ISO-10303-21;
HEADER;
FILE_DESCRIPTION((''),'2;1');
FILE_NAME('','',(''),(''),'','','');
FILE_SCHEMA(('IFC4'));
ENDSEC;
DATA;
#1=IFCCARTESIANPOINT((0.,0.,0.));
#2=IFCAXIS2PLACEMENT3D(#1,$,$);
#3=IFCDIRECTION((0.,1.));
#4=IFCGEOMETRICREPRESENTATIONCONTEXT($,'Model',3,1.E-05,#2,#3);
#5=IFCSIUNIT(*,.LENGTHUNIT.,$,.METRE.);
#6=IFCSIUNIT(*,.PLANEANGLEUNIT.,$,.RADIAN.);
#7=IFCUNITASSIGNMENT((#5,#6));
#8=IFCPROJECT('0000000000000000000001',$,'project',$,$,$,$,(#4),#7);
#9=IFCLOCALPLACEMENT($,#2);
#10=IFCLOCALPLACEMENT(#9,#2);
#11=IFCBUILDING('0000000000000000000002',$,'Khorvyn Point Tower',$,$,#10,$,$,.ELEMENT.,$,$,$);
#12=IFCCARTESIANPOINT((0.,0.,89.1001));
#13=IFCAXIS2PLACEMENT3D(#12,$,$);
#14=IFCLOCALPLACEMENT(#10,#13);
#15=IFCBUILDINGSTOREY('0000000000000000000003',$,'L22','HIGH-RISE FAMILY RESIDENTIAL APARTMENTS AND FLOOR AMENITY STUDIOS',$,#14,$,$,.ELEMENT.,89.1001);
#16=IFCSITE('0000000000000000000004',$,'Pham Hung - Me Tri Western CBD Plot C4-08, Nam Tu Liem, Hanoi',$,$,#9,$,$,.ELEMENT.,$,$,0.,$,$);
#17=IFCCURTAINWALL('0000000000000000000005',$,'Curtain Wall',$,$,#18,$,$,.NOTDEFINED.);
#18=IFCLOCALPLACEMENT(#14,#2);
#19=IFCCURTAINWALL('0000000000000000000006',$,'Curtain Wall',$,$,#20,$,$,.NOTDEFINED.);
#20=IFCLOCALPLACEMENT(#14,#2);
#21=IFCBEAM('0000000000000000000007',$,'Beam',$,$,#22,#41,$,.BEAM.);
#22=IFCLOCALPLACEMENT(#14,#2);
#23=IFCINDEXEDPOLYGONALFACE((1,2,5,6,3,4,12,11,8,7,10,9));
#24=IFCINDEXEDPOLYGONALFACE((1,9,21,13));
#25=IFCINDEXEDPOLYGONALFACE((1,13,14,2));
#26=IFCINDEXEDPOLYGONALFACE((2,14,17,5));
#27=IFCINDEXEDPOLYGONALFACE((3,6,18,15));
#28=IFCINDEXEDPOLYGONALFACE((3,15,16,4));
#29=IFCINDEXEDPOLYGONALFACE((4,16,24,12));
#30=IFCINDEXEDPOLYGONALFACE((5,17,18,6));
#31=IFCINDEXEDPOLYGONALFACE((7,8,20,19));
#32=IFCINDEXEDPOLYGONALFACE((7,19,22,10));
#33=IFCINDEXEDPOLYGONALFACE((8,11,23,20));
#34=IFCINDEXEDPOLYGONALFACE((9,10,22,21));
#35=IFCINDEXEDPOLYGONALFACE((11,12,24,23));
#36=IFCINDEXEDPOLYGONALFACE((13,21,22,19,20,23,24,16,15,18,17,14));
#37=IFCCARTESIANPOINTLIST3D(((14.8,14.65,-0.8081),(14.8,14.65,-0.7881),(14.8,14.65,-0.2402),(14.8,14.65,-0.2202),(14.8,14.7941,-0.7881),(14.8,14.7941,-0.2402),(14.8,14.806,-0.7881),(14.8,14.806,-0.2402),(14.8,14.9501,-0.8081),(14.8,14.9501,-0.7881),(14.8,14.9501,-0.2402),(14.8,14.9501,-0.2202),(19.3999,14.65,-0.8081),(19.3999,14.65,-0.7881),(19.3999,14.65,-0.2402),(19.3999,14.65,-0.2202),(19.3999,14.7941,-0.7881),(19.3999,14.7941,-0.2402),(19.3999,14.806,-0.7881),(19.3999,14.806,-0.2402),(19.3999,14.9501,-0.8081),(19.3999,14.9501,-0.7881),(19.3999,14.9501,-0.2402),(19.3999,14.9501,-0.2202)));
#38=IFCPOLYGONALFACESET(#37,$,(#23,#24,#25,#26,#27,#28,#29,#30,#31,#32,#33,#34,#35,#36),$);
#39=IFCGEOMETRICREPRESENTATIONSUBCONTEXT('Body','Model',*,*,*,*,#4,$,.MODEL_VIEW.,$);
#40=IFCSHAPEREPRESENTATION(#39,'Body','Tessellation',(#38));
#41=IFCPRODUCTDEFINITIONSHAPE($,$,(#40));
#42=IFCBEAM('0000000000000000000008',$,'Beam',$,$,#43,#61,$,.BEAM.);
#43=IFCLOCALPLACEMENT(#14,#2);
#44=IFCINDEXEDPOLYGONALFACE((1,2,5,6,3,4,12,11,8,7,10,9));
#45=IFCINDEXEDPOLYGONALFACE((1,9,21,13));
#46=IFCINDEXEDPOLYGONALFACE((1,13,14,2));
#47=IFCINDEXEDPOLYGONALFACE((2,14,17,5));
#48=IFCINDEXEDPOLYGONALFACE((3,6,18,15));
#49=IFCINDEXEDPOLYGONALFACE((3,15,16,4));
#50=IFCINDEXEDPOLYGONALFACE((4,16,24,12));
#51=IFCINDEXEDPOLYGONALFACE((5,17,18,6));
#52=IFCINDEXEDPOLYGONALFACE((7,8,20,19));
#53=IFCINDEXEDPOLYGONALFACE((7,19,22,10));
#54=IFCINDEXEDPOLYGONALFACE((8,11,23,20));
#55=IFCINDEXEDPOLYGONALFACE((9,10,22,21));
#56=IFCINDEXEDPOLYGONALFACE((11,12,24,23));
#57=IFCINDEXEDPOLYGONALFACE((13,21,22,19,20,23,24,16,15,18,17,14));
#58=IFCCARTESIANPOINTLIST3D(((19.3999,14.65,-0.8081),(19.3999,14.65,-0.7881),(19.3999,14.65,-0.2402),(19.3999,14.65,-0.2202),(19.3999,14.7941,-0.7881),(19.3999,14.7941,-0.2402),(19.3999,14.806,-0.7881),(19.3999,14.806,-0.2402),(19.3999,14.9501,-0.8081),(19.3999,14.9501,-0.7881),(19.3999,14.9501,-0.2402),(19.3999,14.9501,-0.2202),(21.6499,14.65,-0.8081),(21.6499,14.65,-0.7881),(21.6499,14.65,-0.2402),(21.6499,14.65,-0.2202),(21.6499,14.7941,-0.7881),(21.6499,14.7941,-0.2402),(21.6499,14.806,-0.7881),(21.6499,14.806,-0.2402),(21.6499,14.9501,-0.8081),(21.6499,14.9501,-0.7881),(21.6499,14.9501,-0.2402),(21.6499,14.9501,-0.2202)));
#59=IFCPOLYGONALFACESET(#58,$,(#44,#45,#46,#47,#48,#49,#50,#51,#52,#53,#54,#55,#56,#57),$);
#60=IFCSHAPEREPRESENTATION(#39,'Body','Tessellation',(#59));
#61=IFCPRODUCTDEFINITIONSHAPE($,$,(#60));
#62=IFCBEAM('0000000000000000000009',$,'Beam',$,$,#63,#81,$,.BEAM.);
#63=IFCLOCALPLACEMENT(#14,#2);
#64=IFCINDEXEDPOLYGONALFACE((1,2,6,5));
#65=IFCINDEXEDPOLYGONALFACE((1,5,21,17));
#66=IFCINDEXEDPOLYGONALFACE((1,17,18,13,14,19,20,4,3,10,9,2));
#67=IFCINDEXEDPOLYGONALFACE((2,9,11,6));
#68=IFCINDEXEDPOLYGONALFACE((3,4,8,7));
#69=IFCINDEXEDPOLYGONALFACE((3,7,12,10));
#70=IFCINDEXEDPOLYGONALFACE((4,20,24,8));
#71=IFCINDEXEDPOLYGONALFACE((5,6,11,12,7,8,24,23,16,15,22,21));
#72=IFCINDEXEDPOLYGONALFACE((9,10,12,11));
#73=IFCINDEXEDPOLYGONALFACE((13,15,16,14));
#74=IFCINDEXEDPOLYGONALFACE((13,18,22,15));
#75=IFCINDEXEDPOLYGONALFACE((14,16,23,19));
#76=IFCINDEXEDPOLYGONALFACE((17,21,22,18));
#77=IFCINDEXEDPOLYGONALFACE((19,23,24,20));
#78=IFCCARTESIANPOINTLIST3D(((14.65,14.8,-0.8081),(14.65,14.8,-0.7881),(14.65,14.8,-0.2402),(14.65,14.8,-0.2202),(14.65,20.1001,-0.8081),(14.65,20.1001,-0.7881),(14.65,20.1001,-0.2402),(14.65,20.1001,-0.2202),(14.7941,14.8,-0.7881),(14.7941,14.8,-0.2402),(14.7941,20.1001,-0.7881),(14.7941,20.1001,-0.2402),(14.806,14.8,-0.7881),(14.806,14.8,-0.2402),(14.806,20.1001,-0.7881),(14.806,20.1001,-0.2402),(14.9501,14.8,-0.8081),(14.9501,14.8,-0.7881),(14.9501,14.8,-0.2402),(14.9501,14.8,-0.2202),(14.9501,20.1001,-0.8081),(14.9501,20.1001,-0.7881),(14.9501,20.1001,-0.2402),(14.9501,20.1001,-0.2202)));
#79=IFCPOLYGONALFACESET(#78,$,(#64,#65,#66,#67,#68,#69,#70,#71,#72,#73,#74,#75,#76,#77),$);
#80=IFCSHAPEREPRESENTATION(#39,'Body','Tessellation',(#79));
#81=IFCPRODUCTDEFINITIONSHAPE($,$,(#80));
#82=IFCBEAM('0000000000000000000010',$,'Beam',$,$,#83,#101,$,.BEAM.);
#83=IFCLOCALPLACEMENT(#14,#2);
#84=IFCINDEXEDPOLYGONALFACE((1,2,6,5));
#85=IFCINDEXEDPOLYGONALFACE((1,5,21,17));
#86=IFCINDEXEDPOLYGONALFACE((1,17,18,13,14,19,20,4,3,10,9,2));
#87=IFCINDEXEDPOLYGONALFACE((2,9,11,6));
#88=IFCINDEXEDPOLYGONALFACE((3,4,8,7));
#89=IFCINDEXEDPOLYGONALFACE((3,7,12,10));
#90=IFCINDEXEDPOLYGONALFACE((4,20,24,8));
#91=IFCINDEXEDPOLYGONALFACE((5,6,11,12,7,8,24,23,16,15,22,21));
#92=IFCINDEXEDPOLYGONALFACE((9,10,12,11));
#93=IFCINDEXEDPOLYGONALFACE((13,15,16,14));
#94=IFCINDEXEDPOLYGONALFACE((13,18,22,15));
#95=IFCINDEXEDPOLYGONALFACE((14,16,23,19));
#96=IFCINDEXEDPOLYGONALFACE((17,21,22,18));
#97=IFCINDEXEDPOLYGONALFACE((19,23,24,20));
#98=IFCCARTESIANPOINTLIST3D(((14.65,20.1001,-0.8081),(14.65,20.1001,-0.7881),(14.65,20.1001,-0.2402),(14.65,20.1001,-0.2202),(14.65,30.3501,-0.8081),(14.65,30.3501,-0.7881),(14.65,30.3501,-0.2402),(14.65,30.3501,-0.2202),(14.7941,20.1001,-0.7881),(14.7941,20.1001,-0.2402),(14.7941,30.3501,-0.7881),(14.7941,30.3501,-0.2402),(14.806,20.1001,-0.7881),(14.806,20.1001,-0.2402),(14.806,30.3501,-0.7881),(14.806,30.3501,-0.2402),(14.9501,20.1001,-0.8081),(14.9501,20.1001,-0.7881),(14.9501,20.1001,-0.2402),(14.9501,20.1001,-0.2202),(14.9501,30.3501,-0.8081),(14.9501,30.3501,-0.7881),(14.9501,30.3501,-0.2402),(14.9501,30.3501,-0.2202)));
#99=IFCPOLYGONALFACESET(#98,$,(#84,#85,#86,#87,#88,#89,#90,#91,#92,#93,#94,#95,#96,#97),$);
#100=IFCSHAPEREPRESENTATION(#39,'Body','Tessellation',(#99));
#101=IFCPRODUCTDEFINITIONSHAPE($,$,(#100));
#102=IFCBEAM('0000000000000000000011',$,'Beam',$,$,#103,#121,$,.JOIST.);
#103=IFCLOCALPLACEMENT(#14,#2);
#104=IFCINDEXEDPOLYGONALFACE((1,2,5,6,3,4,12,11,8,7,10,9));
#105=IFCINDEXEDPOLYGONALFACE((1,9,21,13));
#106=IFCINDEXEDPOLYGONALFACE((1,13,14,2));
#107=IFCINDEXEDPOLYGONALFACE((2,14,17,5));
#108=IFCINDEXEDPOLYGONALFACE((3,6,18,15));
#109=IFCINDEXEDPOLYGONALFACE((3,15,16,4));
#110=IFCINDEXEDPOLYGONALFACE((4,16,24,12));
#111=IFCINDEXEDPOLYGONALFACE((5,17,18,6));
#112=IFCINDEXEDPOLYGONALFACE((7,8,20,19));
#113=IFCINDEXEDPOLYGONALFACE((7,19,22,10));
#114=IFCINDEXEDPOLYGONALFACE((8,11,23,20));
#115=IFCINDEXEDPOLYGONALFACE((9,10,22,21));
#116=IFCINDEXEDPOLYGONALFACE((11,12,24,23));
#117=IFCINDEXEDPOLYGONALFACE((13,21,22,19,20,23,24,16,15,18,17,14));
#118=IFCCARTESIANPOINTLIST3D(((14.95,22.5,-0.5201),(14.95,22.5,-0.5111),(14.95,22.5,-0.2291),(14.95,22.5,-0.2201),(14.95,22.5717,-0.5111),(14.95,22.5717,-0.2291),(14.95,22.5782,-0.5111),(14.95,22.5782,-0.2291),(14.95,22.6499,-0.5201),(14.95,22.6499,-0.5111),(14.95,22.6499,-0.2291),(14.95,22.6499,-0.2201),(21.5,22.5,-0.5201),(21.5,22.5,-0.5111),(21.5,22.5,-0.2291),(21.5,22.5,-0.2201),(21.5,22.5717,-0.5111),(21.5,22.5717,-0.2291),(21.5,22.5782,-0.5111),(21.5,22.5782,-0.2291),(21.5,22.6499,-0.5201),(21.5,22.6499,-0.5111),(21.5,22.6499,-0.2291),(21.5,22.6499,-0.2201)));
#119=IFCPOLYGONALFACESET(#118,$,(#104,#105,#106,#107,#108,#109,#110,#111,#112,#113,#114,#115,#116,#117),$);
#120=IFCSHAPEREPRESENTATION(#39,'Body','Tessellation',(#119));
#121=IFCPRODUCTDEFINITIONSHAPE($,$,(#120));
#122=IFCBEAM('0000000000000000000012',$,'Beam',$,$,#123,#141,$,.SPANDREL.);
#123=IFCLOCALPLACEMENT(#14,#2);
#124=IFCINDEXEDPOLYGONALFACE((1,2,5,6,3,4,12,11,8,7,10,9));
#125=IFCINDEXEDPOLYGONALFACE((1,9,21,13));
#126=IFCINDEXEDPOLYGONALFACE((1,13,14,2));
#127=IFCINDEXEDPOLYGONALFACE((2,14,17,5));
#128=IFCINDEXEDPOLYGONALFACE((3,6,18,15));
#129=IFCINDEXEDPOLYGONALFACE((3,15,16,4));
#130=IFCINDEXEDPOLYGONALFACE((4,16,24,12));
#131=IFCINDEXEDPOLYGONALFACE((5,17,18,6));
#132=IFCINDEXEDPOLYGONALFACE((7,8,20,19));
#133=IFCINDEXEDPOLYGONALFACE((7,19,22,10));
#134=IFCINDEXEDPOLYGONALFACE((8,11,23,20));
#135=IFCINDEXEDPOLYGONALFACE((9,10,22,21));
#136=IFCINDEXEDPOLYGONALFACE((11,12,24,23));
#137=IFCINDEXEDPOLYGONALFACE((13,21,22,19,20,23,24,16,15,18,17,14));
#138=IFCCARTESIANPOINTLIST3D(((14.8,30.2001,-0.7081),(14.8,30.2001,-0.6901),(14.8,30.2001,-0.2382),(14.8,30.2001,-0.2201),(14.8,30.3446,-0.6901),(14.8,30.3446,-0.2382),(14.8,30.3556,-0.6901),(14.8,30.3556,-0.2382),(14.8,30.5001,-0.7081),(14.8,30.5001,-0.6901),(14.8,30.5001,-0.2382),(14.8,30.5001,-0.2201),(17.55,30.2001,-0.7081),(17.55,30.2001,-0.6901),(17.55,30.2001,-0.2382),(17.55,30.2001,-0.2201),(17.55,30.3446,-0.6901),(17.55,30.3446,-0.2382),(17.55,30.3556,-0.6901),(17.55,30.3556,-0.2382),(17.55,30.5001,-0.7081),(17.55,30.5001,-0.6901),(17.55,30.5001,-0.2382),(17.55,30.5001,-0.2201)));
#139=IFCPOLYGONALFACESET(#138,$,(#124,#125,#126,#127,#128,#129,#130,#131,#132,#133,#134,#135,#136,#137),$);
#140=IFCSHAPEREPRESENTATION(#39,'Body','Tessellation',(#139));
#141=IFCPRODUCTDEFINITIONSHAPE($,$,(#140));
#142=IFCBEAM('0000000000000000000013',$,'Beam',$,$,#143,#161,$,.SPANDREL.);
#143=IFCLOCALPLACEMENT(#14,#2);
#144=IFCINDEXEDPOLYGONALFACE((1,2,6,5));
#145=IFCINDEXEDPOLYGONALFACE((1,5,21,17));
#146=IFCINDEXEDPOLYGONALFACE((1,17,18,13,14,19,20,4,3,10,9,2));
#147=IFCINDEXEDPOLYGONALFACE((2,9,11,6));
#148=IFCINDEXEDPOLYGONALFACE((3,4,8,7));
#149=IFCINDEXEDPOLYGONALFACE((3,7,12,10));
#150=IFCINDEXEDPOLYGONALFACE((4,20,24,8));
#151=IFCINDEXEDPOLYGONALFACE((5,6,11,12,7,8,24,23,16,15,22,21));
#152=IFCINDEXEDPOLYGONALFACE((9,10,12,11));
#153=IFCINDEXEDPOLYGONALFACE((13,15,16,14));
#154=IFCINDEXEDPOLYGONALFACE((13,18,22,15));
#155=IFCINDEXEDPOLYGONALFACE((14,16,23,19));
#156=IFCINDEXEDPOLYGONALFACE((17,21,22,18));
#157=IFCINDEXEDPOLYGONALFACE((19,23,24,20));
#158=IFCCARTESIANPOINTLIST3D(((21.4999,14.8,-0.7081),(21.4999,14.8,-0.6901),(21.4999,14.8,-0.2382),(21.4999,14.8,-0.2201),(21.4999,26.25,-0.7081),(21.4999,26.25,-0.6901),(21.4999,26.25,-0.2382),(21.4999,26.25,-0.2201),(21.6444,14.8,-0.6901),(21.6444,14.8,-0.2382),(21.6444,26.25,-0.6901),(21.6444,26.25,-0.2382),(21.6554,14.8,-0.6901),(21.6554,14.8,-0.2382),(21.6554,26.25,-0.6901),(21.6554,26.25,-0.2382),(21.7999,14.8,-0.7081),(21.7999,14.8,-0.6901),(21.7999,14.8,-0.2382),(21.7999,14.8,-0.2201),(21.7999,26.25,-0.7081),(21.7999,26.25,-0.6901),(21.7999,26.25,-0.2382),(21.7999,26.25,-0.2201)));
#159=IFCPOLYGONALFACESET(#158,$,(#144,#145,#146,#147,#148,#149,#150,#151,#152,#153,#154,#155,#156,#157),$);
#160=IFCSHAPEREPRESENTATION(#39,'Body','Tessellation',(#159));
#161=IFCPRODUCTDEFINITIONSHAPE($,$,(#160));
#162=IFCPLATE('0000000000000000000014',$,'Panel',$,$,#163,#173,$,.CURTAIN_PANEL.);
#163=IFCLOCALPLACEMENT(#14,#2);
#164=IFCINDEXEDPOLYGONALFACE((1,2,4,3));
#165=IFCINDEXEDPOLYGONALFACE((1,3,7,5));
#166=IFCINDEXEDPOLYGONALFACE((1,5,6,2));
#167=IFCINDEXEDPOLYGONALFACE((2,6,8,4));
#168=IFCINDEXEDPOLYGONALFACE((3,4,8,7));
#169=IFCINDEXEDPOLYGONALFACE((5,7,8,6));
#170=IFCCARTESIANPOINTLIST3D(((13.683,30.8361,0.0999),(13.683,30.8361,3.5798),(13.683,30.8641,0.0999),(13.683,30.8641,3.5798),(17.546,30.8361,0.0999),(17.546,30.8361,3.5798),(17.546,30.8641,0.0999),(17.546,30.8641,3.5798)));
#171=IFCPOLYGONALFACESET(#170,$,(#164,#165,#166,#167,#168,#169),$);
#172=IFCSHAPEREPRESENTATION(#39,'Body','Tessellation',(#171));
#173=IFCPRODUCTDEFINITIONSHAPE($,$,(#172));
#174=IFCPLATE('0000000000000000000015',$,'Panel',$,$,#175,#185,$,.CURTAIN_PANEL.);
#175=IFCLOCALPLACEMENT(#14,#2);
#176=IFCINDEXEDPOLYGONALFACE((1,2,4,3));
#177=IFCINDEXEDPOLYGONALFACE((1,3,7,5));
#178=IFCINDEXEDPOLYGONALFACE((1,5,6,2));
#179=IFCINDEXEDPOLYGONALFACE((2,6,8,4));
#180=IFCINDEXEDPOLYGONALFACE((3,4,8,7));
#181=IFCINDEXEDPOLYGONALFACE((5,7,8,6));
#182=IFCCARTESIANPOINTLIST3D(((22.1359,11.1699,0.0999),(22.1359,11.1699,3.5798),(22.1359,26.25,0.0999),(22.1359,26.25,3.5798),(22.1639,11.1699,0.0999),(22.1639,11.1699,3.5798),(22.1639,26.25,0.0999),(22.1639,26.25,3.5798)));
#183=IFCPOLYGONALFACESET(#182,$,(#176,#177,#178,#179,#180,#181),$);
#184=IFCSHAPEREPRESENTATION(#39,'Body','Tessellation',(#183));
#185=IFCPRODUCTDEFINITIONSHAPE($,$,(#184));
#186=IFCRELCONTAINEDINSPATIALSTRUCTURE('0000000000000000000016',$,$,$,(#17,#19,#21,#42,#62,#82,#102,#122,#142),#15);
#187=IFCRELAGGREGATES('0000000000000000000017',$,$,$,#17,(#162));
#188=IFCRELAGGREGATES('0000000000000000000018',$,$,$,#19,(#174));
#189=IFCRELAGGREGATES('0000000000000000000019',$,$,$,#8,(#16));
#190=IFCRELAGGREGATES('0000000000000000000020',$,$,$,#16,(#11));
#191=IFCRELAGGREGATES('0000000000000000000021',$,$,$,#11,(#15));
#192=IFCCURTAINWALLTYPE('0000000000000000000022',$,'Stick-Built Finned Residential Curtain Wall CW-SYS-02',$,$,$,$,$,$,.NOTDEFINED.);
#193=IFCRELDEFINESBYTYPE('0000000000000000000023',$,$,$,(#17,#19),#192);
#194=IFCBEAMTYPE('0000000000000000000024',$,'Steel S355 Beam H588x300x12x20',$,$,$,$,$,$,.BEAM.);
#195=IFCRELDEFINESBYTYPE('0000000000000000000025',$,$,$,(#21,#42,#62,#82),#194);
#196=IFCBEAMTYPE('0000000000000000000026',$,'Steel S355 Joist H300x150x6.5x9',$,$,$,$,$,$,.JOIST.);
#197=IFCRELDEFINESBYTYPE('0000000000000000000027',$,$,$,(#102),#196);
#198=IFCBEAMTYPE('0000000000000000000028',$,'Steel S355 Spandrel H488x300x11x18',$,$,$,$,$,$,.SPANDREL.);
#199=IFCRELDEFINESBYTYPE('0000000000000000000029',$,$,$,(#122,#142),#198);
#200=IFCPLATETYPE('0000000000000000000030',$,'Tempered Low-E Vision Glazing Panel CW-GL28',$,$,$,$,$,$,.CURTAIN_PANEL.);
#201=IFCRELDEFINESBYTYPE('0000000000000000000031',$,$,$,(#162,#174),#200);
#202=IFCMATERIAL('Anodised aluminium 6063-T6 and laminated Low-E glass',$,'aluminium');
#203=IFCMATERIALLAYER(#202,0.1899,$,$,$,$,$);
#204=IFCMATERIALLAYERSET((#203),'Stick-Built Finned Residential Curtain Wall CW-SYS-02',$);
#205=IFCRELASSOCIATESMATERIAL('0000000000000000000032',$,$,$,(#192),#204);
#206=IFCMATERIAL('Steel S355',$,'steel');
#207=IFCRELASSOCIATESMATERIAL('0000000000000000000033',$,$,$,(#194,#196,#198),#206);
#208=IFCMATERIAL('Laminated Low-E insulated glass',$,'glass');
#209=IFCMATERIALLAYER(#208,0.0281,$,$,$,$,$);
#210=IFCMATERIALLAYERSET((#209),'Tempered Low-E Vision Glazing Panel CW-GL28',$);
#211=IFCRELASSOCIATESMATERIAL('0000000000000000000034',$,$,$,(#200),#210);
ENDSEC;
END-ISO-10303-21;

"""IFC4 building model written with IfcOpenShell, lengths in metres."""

from ifc_helpers import new_model, si_unit, direction, frame, origin, origin_2d, place, context, subcontext, project, spatial, rectangle, i_section, extrude, material, layer, layer_set, material_profile, profile_set, type_object, element, aggregate, save


model = new_model("IFC4")

# Units and contexts
model_context = context("Model", 3, precision=1e-05, world=origin(), true_north=direction((0.0, 1.0)))
body_context = subcontext(model_context, "Body", "Model", "MODEL_VIEW")
ifc_project = project(units=[si_unit("LENGTHUNIT", "METRE"), si_unit("PLANEANGLEUNIT", "RADIAN")], contexts=[model_context])

# Site, building, storey
site_placement = place(None, origin())
site = spatial("IfcSite", under=ifc_project, at=site_placement, Name="Pham Hung - Me Tri Western CBD Plot C4-08, Nam Tu Liem, Hanoi", CompositionType="ELEMENT", RefElevation=0.0)
building_placement = place(site_placement, origin())
building = spatial("IfcBuilding", under=site, at=building_placement, Name="Khorvyn Point Tower", CompositionType="ELEMENT")
storey_placement = place(building_placement, frame((0.0, 0.0, 89.1001)))
storey = spatial("IfcBuildingStorey", under=building, at=storey_placement, Name="L22", Description="HIGH-RISE FAMILY RESIDENTIAL APARTMENTS AND FLOOR AMENITY STUDIOS", CompositionType="ELEMENT", Elevation=89.1001)

# Curtain wall
ifc_material_1 = material(Name="Anodised aluminium 6063-T6 and laminated Low-E glass", Category="aluminium")
ifc_layer_1 = layer(ifc_material_1, 0.1899)
ifc_layer_set_1 = layer_set([ifc_layer_1], Name="Stick-Built Finned Residential Curtain Wall CW-SYS-02")
curtain_wall_type = type_object("IfcCurtainWallType", Name="Stick-Built Finned Residential Curtain Wall CW-SYS-02", PredefinedType="NOTDEFINED", material=ifc_layer_set_1)
curtain_wall_1_placement = place(storey_placement, origin())
curtain_wall_1 = element("IfcCurtainWall", 1, at=curtain_wall_1_placement, inside=storey, type_object=curtain_wall_type, Name="Curtain Wall", PredefinedType="NOTDEFINED")

# Curtain wall
curtain_wall_2_placement = place(storey_placement, origin())
curtain_wall_2 = element("IfcCurtainWall", 2, at=curtain_wall_2_placement, inside=storey, type_object=curtain_wall_type, Name="Curtain Wall", PredefinedType="NOTDEFINED")

# Beams
ifc_material_2 = material(Name="Steel S355", Category="steel")
ifc_material_profile_1 = material_profile(ifc_material_2, i_section(OverallWidth=0.3, OverallDepth=0.5879, WebThickness=0.012, FlangeThickness=0.02, at=origin_2d()))
ifc_profile_set_1 = profile_set([ifc_material_profile_1], Name="Steel S355 H588x300x12x20")
beam_type_1 = type_object("IfcBeamType", Name="Steel S355 Beam H588x300x12x20", PredefinedType="BEAM", material=ifc_profile_set_1)
beam_1_placement = place(storey_placement, frame((14.8, 14.8, -0.5142), z_axis=(1.0, 0.0, 0.0), x_axis=(0.0, 1.0, 0.0)))
element("IfcBeam", 3, at=beam_1_placement, inside=storey, type_object=beam_type_1, Name="Beam", PredefinedType="BEAM", context=body_context, shape_type="SweptSolid", body=[
    extrude(i_section(OverallWidth=0.3, OverallDepth=0.5879, WebThickness=0.012, FlangeThickness=0.02, at=origin_2d()), origin(), (0.0, 0.0, 1.0), 4.5999),
])
beam_2_placement = place(storey_placement, frame((19.3999, 14.8, -0.5142), z_axis=(1.0, 0.0, 0.0), x_axis=(0.0, 1.0, 0.0)))
element("IfcBeam", 4, at=beam_2_placement, inside=storey, type_object=beam_type_1, Name="Beam", PredefinedType="BEAM", context=body_context, shape_type="SweptSolid", body=[
    extrude(i_section(OverallWidth=0.3, OverallDepth=0.5879, WebThickness=0.012, FlangeThickness=0.02, at=origin_2d()), origin(), (0.0, 0.0, 1.0), 2.25),
])
beam_3_placement = place(storey_placement, frame((14.8, 14.8, -0.5142), z_axis=(0.0, 1.0, 0.0), x_axis=(-1.0, 0.0, 0.0)))
element("IfcBeam", 5, at=beam_3_placement, inside=storey, type_object=beam_type_1, Name="Beam", PredefinedType="BEAM", context=body_context, shape_type="SweptSolid", body=[
    extrude(i_section(OverallWidth=0.3, OverallDepth=0.5879, WebThickness=0.012, FlangeThickness=0.02, at=origin_2d()), origin(), (0.0, 0.0, 1.0), 5.3),
])
beam_4_placement = place(storey_placement, frame((14.8, 20.1001, -0.5142), z_axis=(0.0, 1.0, 0.0), x_axis=(-1.0, 0.0, 0.0)))
element("IfcBeam", 6, at=beam_4_placement, inside=storey, type_object=beam_type_1, Name="Beam", PredefinedType="BEAM", context=body_context, shape_type="SweptSolid", body=[
    extrude(i_section(OverallWidth=0.3, OverallDepth=0.5879, WebThickness=0.012, FlangeThickness=0.02, at=origin_2d()), origin(), (0.0, 0.0, 1.0), 10.25),
])
ifc_material_profile_2 = material_profile(ifc_material_2, i_section(OverallWidth=0.1499, OverallDepth=0.3, WebThickness=0.0066, FlangeThickness=0.009, at=origin_2d()))
ifc_profile_set_2 = profile_set([ifc_material_profile_2], Name="Steel S355 H300x150x6.5x9")
beam_type_2 = type_object("IfcBeamType", Name="Steel S355 Joist H300x150x6.5x9", PredefinedType="JOIST", material=ifc_profile_set_2)
beam_5_placement = place(storey_placement, frame((14.95, 22.575, -0.3701), z_axis=(1.0, 0.0, 0.0), x_axis=(0.0, 1.0, 0.0)))
element("IfcBeam", 7, at=beam_5_placement, inside=storey, type_object=beam_type_2, Name="Beam", PredefinedType="JOIST", context=body_context, shape_type="SweptSolid", body=[
    extrude(i_section(OverallWidth=0.1499, OverallDepth=0.3, WebThickness=0.0066, FlangeThickness=0.009, at=origin_2d()), origin(), (0.0, 0.0, 1.0), 6.55),
])
ifc_material_profile_3 = material_profile(ifc_material_2, i_section(OverallWidth=0.3, OverallDepth=0.488, WebThickness=0.011, FlangeThickness=0.0181, at=origin_2d()))
ifc_profile_set_3 = profile_set([ifc_material_profile_3], Name="Steel S355 H488x300x11x18")
beam_type_3 = type_object("IfcBeamType", Name="Steel S355 Spandrel H488x300x11x18", PredefinedType="SPANDREL", material=ifc_profile_set_3)
beam_6_placement = place(storey_placement, frame((14.8, 30.3501, -0.4641), z_axis=(1.0, 0.0, 0.0), x_axis=(0.0, 1.0, 0.0)))
element("IfcBeam", 8, at=beam_6_placement, inside=storey, type_object=beam_type_3, Name="Beam", PredefinedType="SPANDREL", context=body_context, shape_type="SweptSolid", body=[
    extrude(i_section(OverallWidth=0.3, OverallDepth=0.488, WebThickness=0.011, FlangeThickness=0.0181, at=origin_2d()), origin(), (0.0, 0.0, 1.0), 2.75),
])
beam_7_placement = place(storey_placement, frame((21.6499, 14.8, -0.4641), z_axis=(0.0, 1.0, 0.0), x_axis=(-1.0, 0.0, 0.0)))
element("IfcBeam", 9, at=beam_7_placement, inside=storey, type_object=beam_type_3, Name="Beam", PredefinedType="SPANDREL", context=body_context, shape_type="SweptSolid", body=[
    extrude(i_section(OverallWidth=0.3, OverallDepth=0.488, WebThickness=0.011, FlangeThickness=0.0181, at=origin_2d()), origin(), (0.0, 0.0, 1.0), 11.45),
])

# Plates
ifc_material_3 = material(Name="Laminated Low-E insulated glass", Category="glass")
ifc_layer_2 = layer(ifc_material_3, 0.0281)
ifc_layer_set_2 = layer_set([ifc_layer_2], Name="Tempered Low-E Vision Glazing Panel CW-GL28")
plate_type = type_object("IfcPlateType", Name="Tempered Low-E Vision Glazing Panel CW-GL28", PredefinedType="CURTAIN_PANEL", material=ifc_layer_set_2)
plate_1_placement = place(storey_placement, frame((15.6145, 30.8501, 0.0999), z_axis=(0.0, 0.0, 1.0), x_axis=(1.0, 0.0, 0.0)))
plate_1 = element("IfcPlate", 10, at=plate_1_placement, type_object=plate_type, Name="Panel", PredefinedType="CURTAIN_PANEL", context=body_context, shape_type="SweptSolid", body=[
    extrude(rectangle(XDim=3.863, YDim=0.0281, at=origin_2d()), origin(), (0.0, 0.0, 1.0), 3.48),
])
aggregate(curtain_wall_1, [plate_1])
plate_2_placement = place(storey_placement, frame((22.1499, 18.71, 0.0999), z_axis=(0.0, 0.0, 1.0), x_axis=(0.0, -1.0, 0.0)))
plate_2 = element("IfcPlate", 11, at=plate_2_placement, type_object=plate_type, Name="Panel", PredefinedType="CURTAIN_PANEL", context=body_context, shape_type="SweptSolid", body=[
    extrude(rectangle(XDim=15.0801, YDim=0.0281, at=origin_2d()), origin(), (0.0, 0.0, 1.0), 3.48),
])
aggregate(curtain_wall_2, [plate_2])

save(model, "model.ifc")
